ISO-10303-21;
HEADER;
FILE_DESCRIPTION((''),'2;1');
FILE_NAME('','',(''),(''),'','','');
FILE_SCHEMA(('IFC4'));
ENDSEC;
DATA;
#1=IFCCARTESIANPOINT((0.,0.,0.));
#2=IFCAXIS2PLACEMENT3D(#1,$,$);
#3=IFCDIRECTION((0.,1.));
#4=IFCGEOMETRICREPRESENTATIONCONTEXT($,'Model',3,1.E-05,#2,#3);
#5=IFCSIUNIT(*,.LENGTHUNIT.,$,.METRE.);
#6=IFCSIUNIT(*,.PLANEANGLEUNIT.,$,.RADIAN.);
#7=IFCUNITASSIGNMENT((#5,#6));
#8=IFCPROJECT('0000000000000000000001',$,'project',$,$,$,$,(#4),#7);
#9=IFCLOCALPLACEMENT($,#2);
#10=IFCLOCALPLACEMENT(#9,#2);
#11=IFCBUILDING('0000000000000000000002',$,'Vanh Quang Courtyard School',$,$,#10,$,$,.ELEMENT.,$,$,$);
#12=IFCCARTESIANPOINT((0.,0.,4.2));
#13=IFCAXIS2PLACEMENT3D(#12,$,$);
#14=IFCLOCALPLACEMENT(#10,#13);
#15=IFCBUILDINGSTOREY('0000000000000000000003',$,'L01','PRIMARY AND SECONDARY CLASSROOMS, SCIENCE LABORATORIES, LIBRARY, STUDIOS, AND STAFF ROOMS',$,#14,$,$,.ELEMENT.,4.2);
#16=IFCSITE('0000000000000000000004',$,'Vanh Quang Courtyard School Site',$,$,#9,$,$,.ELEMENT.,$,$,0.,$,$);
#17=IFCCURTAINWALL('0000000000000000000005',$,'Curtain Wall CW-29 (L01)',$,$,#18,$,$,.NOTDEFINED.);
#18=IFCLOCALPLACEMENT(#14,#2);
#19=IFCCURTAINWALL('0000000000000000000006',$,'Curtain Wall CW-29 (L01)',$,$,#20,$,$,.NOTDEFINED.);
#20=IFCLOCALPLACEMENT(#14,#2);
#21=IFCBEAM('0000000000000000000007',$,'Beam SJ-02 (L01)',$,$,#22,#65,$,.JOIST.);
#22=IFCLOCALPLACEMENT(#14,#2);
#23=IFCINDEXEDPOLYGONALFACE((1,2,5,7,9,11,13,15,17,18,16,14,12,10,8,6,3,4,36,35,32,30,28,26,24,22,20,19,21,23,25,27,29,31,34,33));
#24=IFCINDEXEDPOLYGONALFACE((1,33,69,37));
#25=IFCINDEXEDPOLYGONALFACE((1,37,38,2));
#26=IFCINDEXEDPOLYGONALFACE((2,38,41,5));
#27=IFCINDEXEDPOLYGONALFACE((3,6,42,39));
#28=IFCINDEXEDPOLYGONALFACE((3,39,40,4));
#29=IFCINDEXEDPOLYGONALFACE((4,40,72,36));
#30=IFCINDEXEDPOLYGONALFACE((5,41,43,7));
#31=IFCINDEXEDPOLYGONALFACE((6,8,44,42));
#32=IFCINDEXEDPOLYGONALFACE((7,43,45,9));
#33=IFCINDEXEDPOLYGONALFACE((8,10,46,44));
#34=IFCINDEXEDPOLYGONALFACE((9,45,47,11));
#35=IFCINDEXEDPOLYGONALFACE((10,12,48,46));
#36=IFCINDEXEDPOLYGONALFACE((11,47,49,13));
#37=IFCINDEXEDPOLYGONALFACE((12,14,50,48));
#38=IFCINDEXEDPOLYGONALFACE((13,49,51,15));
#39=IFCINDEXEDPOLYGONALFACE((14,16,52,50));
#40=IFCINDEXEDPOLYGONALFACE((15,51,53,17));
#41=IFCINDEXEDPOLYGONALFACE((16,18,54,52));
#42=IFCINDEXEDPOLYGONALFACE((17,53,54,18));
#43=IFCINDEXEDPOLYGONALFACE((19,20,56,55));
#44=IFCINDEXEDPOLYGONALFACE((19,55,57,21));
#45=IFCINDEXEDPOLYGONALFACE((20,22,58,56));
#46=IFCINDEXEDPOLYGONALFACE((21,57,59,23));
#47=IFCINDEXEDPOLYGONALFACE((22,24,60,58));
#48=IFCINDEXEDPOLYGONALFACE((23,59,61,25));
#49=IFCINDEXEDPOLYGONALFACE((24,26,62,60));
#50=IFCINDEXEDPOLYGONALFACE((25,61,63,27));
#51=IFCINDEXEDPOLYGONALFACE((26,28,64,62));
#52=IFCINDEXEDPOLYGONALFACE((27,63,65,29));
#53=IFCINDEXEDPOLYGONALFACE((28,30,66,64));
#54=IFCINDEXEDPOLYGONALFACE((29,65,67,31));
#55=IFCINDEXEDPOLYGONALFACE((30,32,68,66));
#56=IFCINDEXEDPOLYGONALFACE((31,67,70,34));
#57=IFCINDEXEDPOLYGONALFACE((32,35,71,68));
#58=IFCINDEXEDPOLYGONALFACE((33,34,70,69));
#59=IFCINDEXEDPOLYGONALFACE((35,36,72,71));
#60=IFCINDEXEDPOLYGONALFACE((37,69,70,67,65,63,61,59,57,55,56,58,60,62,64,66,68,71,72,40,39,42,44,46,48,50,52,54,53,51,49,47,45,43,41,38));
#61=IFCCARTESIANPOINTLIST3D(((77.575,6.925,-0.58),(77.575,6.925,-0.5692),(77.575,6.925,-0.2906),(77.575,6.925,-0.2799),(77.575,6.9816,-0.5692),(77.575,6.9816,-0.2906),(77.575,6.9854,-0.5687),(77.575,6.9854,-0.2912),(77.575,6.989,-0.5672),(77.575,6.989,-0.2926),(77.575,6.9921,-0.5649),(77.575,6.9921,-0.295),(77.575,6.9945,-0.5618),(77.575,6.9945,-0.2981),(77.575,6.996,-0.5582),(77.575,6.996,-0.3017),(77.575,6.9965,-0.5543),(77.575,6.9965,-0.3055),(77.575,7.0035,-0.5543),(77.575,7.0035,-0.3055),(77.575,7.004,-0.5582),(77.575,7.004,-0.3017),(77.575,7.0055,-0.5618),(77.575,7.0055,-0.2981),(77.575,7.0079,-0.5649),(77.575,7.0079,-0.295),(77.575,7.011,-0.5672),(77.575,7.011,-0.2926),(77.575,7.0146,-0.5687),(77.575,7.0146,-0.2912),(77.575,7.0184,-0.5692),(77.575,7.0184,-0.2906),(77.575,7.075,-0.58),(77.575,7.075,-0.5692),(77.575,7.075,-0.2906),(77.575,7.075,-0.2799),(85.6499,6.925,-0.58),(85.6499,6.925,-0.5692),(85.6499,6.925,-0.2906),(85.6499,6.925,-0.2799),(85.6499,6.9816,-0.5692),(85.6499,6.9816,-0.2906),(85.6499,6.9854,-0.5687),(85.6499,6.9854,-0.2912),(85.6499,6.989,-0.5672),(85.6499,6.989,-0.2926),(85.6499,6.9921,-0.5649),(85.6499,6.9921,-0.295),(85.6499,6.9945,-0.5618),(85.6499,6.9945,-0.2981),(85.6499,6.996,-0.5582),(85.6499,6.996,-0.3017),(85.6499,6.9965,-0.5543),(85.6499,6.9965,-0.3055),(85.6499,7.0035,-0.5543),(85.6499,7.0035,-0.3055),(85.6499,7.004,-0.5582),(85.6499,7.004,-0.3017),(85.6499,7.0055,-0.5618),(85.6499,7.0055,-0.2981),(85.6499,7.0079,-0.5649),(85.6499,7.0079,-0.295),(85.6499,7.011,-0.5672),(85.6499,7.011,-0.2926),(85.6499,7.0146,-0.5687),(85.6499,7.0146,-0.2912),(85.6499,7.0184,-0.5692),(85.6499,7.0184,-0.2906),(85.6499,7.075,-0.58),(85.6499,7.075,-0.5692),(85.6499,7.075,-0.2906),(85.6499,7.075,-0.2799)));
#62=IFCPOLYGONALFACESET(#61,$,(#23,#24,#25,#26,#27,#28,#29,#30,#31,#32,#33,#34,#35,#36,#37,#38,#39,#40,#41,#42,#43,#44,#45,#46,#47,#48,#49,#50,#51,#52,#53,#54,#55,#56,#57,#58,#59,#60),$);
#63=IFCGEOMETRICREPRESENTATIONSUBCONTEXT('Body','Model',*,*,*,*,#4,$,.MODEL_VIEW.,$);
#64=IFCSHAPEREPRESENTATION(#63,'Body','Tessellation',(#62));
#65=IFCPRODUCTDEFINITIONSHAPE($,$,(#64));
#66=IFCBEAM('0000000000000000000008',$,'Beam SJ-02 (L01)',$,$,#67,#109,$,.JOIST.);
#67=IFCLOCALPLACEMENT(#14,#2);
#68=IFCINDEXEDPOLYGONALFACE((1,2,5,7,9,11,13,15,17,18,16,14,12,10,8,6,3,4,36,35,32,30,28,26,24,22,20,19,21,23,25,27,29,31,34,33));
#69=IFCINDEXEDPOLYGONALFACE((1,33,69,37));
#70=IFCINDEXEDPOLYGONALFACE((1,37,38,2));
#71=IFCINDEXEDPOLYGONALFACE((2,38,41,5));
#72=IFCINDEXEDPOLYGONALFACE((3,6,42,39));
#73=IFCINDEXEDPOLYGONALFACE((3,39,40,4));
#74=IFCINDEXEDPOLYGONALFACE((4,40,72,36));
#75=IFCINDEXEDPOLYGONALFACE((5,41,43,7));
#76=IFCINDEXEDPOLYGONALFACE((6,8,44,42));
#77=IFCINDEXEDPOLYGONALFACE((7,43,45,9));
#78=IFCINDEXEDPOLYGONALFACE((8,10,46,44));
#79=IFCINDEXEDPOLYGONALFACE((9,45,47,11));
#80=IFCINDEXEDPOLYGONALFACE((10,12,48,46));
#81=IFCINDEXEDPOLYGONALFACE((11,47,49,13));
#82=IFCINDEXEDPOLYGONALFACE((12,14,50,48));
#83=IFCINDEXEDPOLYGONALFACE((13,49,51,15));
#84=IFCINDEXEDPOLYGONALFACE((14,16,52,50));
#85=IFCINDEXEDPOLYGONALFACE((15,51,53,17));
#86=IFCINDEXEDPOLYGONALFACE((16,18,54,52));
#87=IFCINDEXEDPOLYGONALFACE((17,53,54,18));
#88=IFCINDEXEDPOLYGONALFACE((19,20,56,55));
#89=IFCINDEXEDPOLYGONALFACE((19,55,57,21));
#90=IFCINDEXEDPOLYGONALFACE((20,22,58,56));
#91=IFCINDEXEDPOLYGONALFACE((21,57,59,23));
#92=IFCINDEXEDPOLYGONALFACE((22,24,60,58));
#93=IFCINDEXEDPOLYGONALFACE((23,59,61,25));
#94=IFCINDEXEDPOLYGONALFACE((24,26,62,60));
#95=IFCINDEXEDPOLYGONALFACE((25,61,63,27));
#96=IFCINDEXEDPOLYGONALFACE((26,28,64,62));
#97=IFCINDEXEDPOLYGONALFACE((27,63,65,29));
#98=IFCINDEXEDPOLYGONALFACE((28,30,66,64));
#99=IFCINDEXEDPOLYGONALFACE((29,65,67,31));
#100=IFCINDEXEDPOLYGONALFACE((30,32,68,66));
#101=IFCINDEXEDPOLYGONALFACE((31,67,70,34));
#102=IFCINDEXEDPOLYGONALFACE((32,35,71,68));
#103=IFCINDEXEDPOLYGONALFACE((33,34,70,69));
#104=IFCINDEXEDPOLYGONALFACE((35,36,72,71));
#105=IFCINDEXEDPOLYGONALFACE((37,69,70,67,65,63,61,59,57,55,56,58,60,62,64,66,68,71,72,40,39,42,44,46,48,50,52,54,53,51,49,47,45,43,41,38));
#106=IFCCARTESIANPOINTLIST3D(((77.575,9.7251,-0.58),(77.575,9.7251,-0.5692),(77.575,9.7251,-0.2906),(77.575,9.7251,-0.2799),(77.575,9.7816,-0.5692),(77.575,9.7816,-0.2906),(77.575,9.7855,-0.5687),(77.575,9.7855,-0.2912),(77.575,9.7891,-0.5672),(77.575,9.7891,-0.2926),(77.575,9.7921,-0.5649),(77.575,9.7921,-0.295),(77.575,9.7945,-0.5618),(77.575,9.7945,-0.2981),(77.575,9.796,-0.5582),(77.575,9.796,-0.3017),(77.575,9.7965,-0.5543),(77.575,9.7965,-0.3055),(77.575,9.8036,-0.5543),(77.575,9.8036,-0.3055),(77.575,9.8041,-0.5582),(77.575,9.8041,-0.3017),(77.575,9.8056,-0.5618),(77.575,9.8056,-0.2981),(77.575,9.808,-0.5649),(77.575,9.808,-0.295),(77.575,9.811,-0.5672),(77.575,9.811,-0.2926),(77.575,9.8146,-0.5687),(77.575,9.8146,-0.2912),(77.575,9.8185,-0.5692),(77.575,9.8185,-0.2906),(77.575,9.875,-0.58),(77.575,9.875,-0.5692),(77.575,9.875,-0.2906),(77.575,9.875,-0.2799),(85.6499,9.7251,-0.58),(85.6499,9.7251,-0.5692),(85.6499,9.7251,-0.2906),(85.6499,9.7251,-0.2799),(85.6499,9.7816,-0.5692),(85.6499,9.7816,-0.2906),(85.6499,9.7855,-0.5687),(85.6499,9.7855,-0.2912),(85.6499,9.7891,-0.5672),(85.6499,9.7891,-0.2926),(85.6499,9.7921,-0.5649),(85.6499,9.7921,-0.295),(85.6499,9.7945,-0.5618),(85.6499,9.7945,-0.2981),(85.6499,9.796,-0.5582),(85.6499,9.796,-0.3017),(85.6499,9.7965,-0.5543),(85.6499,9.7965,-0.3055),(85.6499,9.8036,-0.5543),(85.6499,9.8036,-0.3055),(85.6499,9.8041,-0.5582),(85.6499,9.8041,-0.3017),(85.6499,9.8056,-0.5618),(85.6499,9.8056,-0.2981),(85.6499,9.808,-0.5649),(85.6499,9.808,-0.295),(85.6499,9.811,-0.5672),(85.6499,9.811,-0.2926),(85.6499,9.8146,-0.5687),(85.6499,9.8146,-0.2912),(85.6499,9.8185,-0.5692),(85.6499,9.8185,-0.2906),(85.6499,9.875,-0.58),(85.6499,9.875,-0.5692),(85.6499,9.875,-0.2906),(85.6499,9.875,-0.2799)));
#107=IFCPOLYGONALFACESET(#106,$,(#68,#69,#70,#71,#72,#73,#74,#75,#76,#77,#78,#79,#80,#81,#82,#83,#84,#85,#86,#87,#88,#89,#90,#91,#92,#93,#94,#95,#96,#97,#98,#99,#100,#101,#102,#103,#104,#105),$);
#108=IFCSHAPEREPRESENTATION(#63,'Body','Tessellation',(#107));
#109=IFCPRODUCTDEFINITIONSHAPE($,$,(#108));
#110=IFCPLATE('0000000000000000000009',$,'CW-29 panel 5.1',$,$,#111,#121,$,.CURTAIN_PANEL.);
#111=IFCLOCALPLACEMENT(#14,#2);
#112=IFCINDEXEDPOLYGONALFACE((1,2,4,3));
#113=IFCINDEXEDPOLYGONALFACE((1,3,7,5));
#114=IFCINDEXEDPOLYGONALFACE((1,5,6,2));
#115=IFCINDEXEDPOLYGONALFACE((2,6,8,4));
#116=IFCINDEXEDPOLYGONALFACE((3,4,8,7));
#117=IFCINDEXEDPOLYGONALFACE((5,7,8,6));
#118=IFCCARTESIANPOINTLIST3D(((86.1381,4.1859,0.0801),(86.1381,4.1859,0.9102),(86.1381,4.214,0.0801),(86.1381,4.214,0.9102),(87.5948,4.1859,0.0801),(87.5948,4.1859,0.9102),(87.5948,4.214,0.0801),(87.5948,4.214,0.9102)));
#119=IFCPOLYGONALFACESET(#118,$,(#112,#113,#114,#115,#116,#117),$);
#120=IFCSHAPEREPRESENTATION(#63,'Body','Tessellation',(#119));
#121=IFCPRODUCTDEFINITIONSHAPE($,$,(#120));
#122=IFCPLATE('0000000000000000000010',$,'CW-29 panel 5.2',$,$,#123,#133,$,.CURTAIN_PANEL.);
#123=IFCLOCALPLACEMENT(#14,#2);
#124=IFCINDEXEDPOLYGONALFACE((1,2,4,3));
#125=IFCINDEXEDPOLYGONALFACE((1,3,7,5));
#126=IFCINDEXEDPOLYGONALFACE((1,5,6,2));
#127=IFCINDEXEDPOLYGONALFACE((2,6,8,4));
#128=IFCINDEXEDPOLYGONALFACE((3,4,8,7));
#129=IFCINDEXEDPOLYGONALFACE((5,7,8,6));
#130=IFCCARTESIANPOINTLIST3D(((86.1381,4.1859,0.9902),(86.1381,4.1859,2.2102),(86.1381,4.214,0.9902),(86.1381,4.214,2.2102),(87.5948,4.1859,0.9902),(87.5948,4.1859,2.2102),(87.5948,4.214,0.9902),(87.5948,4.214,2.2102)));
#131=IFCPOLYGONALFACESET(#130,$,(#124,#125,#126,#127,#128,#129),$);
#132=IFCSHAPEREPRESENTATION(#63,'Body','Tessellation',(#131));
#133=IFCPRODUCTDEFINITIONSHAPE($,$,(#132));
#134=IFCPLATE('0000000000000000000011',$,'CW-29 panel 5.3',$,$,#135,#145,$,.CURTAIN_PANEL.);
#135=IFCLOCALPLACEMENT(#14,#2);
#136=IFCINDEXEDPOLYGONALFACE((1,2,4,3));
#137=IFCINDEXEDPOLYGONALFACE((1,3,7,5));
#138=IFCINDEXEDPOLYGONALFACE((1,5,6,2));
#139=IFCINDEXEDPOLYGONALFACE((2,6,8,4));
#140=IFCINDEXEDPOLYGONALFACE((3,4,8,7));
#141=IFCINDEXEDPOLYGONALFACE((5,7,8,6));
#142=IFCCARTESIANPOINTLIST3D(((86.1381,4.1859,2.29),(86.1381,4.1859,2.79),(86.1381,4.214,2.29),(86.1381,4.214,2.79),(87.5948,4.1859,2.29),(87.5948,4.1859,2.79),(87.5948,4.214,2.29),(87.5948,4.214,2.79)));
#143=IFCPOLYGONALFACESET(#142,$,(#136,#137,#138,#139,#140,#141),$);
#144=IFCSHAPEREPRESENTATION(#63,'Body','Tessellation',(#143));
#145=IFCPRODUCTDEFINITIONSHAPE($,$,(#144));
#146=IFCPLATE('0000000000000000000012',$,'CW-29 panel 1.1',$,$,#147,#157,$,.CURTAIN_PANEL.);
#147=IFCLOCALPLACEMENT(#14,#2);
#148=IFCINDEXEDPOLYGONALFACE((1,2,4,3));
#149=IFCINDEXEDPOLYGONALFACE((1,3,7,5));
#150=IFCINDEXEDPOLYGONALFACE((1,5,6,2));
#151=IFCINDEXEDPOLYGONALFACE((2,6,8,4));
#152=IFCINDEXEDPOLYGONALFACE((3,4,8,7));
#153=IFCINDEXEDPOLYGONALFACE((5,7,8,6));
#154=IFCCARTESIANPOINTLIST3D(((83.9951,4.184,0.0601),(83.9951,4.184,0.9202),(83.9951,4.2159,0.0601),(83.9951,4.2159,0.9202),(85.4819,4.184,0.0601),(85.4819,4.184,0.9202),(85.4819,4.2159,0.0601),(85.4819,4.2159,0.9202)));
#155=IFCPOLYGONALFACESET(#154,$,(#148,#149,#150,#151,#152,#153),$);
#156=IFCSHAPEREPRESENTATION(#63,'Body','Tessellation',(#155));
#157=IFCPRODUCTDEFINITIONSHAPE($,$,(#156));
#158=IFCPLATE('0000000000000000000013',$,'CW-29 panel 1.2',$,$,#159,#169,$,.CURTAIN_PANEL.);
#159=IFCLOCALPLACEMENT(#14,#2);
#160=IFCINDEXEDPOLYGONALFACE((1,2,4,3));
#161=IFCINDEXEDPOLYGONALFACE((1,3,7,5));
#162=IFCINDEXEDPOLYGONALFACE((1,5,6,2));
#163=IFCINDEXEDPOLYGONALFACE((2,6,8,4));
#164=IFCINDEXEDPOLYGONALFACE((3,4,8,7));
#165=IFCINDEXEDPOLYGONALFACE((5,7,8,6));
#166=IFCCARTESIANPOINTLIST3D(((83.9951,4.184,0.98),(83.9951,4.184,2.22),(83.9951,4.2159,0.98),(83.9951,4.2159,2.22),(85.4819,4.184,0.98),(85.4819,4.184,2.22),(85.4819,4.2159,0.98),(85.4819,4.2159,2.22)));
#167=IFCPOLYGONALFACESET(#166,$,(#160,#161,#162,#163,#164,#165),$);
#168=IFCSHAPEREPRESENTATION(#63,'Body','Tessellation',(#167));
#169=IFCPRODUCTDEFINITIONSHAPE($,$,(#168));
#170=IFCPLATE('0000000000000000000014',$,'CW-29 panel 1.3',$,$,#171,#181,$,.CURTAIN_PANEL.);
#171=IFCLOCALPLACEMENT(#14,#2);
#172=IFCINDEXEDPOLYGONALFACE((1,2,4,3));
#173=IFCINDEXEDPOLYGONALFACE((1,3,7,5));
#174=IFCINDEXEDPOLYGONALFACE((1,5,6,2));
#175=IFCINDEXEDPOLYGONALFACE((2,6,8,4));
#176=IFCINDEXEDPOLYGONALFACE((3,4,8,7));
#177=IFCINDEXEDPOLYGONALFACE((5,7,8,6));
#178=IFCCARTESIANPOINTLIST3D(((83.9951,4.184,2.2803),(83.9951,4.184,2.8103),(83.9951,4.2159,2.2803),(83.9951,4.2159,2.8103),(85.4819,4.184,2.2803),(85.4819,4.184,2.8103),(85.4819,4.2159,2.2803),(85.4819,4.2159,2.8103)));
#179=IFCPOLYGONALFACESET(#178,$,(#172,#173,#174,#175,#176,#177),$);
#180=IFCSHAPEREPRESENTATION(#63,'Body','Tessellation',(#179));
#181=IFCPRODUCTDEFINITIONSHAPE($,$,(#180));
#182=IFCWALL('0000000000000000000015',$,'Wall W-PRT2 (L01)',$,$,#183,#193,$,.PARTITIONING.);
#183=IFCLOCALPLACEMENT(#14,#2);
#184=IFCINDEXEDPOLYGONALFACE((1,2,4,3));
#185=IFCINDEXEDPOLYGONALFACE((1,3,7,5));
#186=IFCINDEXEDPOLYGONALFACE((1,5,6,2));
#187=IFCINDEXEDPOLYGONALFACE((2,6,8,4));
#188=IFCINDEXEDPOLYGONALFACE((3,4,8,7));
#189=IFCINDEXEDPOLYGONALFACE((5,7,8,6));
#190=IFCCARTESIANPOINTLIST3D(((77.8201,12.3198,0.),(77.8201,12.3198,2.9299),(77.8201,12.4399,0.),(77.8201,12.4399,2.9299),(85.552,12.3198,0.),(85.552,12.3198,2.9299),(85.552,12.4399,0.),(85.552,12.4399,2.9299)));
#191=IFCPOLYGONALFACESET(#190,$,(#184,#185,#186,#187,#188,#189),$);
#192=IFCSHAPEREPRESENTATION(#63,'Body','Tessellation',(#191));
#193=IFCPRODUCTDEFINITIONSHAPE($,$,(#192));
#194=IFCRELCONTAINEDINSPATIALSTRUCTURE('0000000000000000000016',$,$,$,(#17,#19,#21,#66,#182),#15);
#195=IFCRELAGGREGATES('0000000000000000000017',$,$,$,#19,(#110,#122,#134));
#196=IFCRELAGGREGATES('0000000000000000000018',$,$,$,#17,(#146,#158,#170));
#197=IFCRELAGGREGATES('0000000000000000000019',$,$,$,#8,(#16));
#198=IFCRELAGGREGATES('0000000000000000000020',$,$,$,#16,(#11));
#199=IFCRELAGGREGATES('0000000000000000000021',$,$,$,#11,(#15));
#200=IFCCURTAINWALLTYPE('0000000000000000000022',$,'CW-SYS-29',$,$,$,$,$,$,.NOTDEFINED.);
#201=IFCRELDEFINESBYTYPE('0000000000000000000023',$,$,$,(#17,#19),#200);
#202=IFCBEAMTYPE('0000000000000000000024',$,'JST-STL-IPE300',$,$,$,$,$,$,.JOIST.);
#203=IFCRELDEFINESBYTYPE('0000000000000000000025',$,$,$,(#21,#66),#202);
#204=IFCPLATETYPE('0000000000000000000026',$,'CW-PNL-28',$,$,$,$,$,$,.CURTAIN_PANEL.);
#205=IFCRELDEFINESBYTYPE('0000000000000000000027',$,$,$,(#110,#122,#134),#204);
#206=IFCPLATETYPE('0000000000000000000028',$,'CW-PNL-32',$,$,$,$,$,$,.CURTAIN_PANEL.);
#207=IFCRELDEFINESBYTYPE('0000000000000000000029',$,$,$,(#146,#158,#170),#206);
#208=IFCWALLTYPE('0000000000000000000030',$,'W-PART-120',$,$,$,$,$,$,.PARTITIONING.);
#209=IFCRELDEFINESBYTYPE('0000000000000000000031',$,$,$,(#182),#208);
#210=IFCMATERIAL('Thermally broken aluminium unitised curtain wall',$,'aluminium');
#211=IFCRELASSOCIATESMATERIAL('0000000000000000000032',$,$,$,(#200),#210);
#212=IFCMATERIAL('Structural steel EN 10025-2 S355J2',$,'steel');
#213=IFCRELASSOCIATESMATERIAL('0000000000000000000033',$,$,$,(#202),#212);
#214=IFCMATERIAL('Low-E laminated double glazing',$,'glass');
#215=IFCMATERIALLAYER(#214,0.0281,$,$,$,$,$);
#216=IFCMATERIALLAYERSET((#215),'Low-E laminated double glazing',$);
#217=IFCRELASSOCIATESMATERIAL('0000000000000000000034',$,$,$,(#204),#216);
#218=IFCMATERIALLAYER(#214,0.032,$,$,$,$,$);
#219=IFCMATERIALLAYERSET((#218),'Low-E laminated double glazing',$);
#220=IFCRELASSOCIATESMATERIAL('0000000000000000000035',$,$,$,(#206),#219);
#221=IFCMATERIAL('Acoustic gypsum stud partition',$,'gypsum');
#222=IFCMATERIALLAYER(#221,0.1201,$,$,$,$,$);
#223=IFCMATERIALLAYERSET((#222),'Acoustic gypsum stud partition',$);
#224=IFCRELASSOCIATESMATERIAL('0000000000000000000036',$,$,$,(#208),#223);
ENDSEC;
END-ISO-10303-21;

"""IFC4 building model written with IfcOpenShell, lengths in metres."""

from ifc_helpers import new_model, si_unit, direction, frame, frame_2d, origin, origin_2d, place, context, subcontext, project, spatial, rectangle, i_section, extrude, material, layer, layer_set, material_profile, profile_set, type_object, element, aggregate, save


model = new_model("IFC4")

# Units and contexts
model_context = context("Model", 3, precision=1e-05, world=origin(), true_north=direction((0.0, 1.0)))
body_context = subcontext(model_context, "Body", "Model", "MODEL_VIEW")
ifc_project = project(units=[si_unit("LENGTHUNIT", "METRE"), si_unit("PLANEANGLEUNIT", "RADIAN")], contexts=[model_context])

# Site, building, storey
site_placement = place(None, origin())
site = spatial("IfcSite", under=ifc_project, at=site_placement, Name="Vanh Quang Courtyard School Site", CompositionType="ELEMENT", RefElevation=0.0)
building_placement = place(site_placement, origin())
building = spatial("IfcBuilding", under=site, at=building_placement, Name="Vanh Quang Courtyard School", CompositionType="ELEMENT")
storey_placement = place(building_placement, frame((0.0, 0.0, 4.2)))
storey = spatial("IfcBuildingStorey", under=building, at=storey_placement, Name="L01", Description="PRIMARY AND SECONDARY CLASSROOMS, SCIENCE LABORATORIES, LIBRARY, STUDIOS, AND STAFF ROOMS", CompositionType="ELEMENT", Elevation=4.2)

# Curtain wall
ifc_material_1 = material(Name="Thermally broken aluminium unitised curtain wall", Category="aluminium")
curtain_wall_type = type_object("IfcCurtainWallType", Name="CW-SYS-29", PredefinedType="NOTDEFINED", material=ifc_material_1)
curtain_wall_1_placement = place(storey_placement, origin())
curtain_wall_1 = element("IfcCurtainWall", 1, at=curtain_wall_1_placement, inside=storey, type_object=curtain_wall_type, Name="Curtain Wall CW-29 (L01)", PredefinedType="NOTDEFINED")

# Curtain wall
curtain_wall_2_placement = place(storey_placement, origin())
curtain_wall_2 = element("IfcCurtainWall", 2, at=curtain_wall_2_placement, inside=storey, type_object=curtain_wall_type, Name="Curtain Wall CW-29 (L01)", PredefinedType="NOTDEFINED")

# Beams
ifc_material_2 = material(Name="Structural steel EN 10025-2 S355J2", Category="steel")
ifc_material_profile_1 = material_profile(ifc_material_2, i_section(OverallWidth=0.1499, OverallDepth=0.3, WebThickness=0.0071, FlangeThickness=0.0107, FilletRadius=0.0149, at=origin_2d()), Name="IPE 300")
ifc_profile_set_1 = profile_set([ifc_material_profile_1], Name="Structural steel EN 10025-2 S355J2")
beam_type_1 = type_object("IfcBeamType", Name="JST-STL-IPE300", PredefinedType="JOIST", material=ifc_profile_set_1)
for number, where, z_axis, x_axis, name in (
    (3, (77.575, 7.0, -0.4299), (1.0, 0.0, 0.0), (0.0, 1.0, 0.0), "Beam SJ-02 (L01)"),
    (4, (77.575, 9.8, -0.4299), (1.0, 0.0, 0.0), (0.0, 1.0, 0.0), "Beam SJ-02 (L01)"),
):
    element("IfcBeam", number, at=place(storey_placement, frame(where, z_axis=z_axis, x_axis=x_axis)), inside=storey, type_object=beam_type_1, Name=name, PredefinedType="JOIST", context=body_context, shape_type="SweptSolid", body=[
        extrude(i_section(OverallWidth=0.1499, OverallDepth=0.3, WebThickness=0.0071, FlangeThickness=0.0107, FilletRadius=0.0149, at=origin_2d()), origin(), (0.0, 0.0, 1.0), 8.075),
    ])

# Plates
ifc_material_3 = material(Name="Low-E laminated double glazing", Category="glass")
ifc_layer_1 = layer(ifc_material_3, 0.0281)
ifc_layer_set_1 = layer_set([ifc_layer_1], Name="Low-E laminated double glazing")
plate_type_1 = type_object("IfcPlateType", Name="CW-PNL-28", PredefinedType="CURTAIN_PANEL", material=ifc_layer_set_1)
plate_1_placement = place(storey_placement, frame((86.8665, 4.2, 0.0801), z_axis=(0.0, 0.0, 1.0), x_axis=(-1.0, 0.0, 0.0)))
plate_1 = element("IfcPlate", 5, at=plate_1_placement, type_object=plate_type_1, Name="CW-29 panel 5.1", PredefinedType="CURTAIN_PANEL", context=body_context, shape_type="SweptSolid", body=[
    extrude(rectangle(XDim=1.4568, YDim=0.0281, at=origin_2d()), origin(), (0.0, 0.0, 1.0), 0.8301),
])
plate_2_placement = place(storey_placement, frame((86.8665, 4.2, 0.9902), z_axis=(0.0, 0.0, 1.0), x_axis=(-1.0, 0.0, 0.0)))
plate_2 = element("IfcPlate", 6, at=plate_2_placement, type_object=plate_type_1, Name="CW-29 panel 5.2", PredefinedType="CURTAIN_PANEL", context=body_context, shape_type="SweptSolid", body=[
    extrude(rectangle(XDim=1.4568, YDim=0.0281, at=origin_2d()), origin(), (0.0, 0.0, 1.0), 1.22),
])
plate_3_placement = place(storey_placement, frame((86.8665, 4.2, 2.29), z_axis=(0.0, 0.0, 1.0), x_axis=(-1.0, 0.0, 0.0)))
plate_3 = element("IfcPlate", 7, at=plate_3_placement, type_object=plate_type_1, Name="CW-29 panel 5.3", PredefinedType="CURTAIN_PANEL", context=body_context, shape_type="SweptSolid", body=[
    extrude(rectangle(XDim=1.4568, YDim=0.0281, at=origin_2d()), origin(), (0.0, 0.0, 1.0), 0.5),
])
aggregate(curtain_wall_2, [plate_1, plate_2, plate_3])
ifc_layer_2 = layer(ifc_material_3, 0.032)
ifc_layer_set_2 = layer_set([ifc_layer_2], Name="Low-E laminated double glazing")
plate_type_2 = type_object("IfcPlateType", Name="CW-PNL-32", PredefinedType="CURTAIN_PANEL", material=ifc_layer_set_2)
plate_4_placement = place(storey_placement, frame((84.7385, 4.2, 0.0601), z_axis=(0.0, 0.0, 1.0), x_axis=(-1.0, 0.0, 0.0)))
plate_4 = element("IfcPlate", 8, at=plate_4_placement, type_object=plate_type_2, Name="CW-29 panel 1.1", PredefinedType="CURTAIN_PANEL", context=body_context, shape_type="SweptSolid", body=[
    extrude(rectangle(XDim=1.4868, YDim=0.032, at=origin_2d()), origin(), (0.0, 0.0, 1.0), 0.8601),
])
plate_5_placement = place(storey_placement, frame((84.7385, 4.2, 0.98), z_axis=(0.0, 0.0, 1.0), x_axis=(-1.0, 0.0, 0.0)))
plate_5 = element("IfcPlate", 9, at=plate_5_placement, type_object=plate_type_2, Name="CW-29 panel 1.2", PredefinedType="CURTAIN_PANEL", context=body_context, shape_type="SweptSolid", body=[
    extrude(rectangle(XDim=1.4868, YDim=0.032, at=origin_2d()), origin(), (0.0, 0.0, 1.0), 1.24),
])
plate_6_placement = place(storey_placement, frame((84.7385, 4.2, 2.2803), z_axis=(0.0, 0.0, 1.0), x_axis=(-1.0, 0.0, 0.0)))
plate_6 = element("IfcPlate", 10, at=plate_6_placement, type_object=plate_type_2, Name="CW-29 panel 1.3", PredefinedType="CURTAIN_PANEL", context=body_context, shape_type="SweptSolid", body=[
    extrude(rectangle(XDim=1.4868, YDim=0.032, at=origin_2d()), origin(), (0.0, 0.0, 1.0), 0.53),
])
aggregate(curtain_wall_1, [plate_4, plate_5, plate_6])

# Wall
ifc_material_4 = material(Name="Acoustic gypsum stud partition", Category="gypsum")
ifc_layer_3 = layer(ifc_material_4, 0.1201)
ifc_layer_set_3 = layer_set([ifc_layer_3], Name="Acoustic gypsum stud partition")
wall_type_1 = type_object("IfcWallType", Name="W-PART-120", PredefinedType="PARTITIONING", material=ifc_layer_set_3)
wall_1_placement = place(storey_placement, frame((77.8201, 12.3799, 0.0), z_axis=(0.0, 0.0, 1.0), x_axis=(1.0, 0.0, 0.0)))
element("IfcWall", 11, at=wall_1_placement, inside=storey, type_object=wall_type_1, Name="Wall W-PRT2 (L01)", PredefinedType="PARTITIONING", context=body_context, shape_type="SweptSolid", body=[
    extrude(rectangle(XDim=7.7319, YDim=0.1201, at=frame_2d((3.866, 0.0))), origin(), (0.0, 0.0, 1.0), 2.9299),
])

save(model, "model.ifc")
